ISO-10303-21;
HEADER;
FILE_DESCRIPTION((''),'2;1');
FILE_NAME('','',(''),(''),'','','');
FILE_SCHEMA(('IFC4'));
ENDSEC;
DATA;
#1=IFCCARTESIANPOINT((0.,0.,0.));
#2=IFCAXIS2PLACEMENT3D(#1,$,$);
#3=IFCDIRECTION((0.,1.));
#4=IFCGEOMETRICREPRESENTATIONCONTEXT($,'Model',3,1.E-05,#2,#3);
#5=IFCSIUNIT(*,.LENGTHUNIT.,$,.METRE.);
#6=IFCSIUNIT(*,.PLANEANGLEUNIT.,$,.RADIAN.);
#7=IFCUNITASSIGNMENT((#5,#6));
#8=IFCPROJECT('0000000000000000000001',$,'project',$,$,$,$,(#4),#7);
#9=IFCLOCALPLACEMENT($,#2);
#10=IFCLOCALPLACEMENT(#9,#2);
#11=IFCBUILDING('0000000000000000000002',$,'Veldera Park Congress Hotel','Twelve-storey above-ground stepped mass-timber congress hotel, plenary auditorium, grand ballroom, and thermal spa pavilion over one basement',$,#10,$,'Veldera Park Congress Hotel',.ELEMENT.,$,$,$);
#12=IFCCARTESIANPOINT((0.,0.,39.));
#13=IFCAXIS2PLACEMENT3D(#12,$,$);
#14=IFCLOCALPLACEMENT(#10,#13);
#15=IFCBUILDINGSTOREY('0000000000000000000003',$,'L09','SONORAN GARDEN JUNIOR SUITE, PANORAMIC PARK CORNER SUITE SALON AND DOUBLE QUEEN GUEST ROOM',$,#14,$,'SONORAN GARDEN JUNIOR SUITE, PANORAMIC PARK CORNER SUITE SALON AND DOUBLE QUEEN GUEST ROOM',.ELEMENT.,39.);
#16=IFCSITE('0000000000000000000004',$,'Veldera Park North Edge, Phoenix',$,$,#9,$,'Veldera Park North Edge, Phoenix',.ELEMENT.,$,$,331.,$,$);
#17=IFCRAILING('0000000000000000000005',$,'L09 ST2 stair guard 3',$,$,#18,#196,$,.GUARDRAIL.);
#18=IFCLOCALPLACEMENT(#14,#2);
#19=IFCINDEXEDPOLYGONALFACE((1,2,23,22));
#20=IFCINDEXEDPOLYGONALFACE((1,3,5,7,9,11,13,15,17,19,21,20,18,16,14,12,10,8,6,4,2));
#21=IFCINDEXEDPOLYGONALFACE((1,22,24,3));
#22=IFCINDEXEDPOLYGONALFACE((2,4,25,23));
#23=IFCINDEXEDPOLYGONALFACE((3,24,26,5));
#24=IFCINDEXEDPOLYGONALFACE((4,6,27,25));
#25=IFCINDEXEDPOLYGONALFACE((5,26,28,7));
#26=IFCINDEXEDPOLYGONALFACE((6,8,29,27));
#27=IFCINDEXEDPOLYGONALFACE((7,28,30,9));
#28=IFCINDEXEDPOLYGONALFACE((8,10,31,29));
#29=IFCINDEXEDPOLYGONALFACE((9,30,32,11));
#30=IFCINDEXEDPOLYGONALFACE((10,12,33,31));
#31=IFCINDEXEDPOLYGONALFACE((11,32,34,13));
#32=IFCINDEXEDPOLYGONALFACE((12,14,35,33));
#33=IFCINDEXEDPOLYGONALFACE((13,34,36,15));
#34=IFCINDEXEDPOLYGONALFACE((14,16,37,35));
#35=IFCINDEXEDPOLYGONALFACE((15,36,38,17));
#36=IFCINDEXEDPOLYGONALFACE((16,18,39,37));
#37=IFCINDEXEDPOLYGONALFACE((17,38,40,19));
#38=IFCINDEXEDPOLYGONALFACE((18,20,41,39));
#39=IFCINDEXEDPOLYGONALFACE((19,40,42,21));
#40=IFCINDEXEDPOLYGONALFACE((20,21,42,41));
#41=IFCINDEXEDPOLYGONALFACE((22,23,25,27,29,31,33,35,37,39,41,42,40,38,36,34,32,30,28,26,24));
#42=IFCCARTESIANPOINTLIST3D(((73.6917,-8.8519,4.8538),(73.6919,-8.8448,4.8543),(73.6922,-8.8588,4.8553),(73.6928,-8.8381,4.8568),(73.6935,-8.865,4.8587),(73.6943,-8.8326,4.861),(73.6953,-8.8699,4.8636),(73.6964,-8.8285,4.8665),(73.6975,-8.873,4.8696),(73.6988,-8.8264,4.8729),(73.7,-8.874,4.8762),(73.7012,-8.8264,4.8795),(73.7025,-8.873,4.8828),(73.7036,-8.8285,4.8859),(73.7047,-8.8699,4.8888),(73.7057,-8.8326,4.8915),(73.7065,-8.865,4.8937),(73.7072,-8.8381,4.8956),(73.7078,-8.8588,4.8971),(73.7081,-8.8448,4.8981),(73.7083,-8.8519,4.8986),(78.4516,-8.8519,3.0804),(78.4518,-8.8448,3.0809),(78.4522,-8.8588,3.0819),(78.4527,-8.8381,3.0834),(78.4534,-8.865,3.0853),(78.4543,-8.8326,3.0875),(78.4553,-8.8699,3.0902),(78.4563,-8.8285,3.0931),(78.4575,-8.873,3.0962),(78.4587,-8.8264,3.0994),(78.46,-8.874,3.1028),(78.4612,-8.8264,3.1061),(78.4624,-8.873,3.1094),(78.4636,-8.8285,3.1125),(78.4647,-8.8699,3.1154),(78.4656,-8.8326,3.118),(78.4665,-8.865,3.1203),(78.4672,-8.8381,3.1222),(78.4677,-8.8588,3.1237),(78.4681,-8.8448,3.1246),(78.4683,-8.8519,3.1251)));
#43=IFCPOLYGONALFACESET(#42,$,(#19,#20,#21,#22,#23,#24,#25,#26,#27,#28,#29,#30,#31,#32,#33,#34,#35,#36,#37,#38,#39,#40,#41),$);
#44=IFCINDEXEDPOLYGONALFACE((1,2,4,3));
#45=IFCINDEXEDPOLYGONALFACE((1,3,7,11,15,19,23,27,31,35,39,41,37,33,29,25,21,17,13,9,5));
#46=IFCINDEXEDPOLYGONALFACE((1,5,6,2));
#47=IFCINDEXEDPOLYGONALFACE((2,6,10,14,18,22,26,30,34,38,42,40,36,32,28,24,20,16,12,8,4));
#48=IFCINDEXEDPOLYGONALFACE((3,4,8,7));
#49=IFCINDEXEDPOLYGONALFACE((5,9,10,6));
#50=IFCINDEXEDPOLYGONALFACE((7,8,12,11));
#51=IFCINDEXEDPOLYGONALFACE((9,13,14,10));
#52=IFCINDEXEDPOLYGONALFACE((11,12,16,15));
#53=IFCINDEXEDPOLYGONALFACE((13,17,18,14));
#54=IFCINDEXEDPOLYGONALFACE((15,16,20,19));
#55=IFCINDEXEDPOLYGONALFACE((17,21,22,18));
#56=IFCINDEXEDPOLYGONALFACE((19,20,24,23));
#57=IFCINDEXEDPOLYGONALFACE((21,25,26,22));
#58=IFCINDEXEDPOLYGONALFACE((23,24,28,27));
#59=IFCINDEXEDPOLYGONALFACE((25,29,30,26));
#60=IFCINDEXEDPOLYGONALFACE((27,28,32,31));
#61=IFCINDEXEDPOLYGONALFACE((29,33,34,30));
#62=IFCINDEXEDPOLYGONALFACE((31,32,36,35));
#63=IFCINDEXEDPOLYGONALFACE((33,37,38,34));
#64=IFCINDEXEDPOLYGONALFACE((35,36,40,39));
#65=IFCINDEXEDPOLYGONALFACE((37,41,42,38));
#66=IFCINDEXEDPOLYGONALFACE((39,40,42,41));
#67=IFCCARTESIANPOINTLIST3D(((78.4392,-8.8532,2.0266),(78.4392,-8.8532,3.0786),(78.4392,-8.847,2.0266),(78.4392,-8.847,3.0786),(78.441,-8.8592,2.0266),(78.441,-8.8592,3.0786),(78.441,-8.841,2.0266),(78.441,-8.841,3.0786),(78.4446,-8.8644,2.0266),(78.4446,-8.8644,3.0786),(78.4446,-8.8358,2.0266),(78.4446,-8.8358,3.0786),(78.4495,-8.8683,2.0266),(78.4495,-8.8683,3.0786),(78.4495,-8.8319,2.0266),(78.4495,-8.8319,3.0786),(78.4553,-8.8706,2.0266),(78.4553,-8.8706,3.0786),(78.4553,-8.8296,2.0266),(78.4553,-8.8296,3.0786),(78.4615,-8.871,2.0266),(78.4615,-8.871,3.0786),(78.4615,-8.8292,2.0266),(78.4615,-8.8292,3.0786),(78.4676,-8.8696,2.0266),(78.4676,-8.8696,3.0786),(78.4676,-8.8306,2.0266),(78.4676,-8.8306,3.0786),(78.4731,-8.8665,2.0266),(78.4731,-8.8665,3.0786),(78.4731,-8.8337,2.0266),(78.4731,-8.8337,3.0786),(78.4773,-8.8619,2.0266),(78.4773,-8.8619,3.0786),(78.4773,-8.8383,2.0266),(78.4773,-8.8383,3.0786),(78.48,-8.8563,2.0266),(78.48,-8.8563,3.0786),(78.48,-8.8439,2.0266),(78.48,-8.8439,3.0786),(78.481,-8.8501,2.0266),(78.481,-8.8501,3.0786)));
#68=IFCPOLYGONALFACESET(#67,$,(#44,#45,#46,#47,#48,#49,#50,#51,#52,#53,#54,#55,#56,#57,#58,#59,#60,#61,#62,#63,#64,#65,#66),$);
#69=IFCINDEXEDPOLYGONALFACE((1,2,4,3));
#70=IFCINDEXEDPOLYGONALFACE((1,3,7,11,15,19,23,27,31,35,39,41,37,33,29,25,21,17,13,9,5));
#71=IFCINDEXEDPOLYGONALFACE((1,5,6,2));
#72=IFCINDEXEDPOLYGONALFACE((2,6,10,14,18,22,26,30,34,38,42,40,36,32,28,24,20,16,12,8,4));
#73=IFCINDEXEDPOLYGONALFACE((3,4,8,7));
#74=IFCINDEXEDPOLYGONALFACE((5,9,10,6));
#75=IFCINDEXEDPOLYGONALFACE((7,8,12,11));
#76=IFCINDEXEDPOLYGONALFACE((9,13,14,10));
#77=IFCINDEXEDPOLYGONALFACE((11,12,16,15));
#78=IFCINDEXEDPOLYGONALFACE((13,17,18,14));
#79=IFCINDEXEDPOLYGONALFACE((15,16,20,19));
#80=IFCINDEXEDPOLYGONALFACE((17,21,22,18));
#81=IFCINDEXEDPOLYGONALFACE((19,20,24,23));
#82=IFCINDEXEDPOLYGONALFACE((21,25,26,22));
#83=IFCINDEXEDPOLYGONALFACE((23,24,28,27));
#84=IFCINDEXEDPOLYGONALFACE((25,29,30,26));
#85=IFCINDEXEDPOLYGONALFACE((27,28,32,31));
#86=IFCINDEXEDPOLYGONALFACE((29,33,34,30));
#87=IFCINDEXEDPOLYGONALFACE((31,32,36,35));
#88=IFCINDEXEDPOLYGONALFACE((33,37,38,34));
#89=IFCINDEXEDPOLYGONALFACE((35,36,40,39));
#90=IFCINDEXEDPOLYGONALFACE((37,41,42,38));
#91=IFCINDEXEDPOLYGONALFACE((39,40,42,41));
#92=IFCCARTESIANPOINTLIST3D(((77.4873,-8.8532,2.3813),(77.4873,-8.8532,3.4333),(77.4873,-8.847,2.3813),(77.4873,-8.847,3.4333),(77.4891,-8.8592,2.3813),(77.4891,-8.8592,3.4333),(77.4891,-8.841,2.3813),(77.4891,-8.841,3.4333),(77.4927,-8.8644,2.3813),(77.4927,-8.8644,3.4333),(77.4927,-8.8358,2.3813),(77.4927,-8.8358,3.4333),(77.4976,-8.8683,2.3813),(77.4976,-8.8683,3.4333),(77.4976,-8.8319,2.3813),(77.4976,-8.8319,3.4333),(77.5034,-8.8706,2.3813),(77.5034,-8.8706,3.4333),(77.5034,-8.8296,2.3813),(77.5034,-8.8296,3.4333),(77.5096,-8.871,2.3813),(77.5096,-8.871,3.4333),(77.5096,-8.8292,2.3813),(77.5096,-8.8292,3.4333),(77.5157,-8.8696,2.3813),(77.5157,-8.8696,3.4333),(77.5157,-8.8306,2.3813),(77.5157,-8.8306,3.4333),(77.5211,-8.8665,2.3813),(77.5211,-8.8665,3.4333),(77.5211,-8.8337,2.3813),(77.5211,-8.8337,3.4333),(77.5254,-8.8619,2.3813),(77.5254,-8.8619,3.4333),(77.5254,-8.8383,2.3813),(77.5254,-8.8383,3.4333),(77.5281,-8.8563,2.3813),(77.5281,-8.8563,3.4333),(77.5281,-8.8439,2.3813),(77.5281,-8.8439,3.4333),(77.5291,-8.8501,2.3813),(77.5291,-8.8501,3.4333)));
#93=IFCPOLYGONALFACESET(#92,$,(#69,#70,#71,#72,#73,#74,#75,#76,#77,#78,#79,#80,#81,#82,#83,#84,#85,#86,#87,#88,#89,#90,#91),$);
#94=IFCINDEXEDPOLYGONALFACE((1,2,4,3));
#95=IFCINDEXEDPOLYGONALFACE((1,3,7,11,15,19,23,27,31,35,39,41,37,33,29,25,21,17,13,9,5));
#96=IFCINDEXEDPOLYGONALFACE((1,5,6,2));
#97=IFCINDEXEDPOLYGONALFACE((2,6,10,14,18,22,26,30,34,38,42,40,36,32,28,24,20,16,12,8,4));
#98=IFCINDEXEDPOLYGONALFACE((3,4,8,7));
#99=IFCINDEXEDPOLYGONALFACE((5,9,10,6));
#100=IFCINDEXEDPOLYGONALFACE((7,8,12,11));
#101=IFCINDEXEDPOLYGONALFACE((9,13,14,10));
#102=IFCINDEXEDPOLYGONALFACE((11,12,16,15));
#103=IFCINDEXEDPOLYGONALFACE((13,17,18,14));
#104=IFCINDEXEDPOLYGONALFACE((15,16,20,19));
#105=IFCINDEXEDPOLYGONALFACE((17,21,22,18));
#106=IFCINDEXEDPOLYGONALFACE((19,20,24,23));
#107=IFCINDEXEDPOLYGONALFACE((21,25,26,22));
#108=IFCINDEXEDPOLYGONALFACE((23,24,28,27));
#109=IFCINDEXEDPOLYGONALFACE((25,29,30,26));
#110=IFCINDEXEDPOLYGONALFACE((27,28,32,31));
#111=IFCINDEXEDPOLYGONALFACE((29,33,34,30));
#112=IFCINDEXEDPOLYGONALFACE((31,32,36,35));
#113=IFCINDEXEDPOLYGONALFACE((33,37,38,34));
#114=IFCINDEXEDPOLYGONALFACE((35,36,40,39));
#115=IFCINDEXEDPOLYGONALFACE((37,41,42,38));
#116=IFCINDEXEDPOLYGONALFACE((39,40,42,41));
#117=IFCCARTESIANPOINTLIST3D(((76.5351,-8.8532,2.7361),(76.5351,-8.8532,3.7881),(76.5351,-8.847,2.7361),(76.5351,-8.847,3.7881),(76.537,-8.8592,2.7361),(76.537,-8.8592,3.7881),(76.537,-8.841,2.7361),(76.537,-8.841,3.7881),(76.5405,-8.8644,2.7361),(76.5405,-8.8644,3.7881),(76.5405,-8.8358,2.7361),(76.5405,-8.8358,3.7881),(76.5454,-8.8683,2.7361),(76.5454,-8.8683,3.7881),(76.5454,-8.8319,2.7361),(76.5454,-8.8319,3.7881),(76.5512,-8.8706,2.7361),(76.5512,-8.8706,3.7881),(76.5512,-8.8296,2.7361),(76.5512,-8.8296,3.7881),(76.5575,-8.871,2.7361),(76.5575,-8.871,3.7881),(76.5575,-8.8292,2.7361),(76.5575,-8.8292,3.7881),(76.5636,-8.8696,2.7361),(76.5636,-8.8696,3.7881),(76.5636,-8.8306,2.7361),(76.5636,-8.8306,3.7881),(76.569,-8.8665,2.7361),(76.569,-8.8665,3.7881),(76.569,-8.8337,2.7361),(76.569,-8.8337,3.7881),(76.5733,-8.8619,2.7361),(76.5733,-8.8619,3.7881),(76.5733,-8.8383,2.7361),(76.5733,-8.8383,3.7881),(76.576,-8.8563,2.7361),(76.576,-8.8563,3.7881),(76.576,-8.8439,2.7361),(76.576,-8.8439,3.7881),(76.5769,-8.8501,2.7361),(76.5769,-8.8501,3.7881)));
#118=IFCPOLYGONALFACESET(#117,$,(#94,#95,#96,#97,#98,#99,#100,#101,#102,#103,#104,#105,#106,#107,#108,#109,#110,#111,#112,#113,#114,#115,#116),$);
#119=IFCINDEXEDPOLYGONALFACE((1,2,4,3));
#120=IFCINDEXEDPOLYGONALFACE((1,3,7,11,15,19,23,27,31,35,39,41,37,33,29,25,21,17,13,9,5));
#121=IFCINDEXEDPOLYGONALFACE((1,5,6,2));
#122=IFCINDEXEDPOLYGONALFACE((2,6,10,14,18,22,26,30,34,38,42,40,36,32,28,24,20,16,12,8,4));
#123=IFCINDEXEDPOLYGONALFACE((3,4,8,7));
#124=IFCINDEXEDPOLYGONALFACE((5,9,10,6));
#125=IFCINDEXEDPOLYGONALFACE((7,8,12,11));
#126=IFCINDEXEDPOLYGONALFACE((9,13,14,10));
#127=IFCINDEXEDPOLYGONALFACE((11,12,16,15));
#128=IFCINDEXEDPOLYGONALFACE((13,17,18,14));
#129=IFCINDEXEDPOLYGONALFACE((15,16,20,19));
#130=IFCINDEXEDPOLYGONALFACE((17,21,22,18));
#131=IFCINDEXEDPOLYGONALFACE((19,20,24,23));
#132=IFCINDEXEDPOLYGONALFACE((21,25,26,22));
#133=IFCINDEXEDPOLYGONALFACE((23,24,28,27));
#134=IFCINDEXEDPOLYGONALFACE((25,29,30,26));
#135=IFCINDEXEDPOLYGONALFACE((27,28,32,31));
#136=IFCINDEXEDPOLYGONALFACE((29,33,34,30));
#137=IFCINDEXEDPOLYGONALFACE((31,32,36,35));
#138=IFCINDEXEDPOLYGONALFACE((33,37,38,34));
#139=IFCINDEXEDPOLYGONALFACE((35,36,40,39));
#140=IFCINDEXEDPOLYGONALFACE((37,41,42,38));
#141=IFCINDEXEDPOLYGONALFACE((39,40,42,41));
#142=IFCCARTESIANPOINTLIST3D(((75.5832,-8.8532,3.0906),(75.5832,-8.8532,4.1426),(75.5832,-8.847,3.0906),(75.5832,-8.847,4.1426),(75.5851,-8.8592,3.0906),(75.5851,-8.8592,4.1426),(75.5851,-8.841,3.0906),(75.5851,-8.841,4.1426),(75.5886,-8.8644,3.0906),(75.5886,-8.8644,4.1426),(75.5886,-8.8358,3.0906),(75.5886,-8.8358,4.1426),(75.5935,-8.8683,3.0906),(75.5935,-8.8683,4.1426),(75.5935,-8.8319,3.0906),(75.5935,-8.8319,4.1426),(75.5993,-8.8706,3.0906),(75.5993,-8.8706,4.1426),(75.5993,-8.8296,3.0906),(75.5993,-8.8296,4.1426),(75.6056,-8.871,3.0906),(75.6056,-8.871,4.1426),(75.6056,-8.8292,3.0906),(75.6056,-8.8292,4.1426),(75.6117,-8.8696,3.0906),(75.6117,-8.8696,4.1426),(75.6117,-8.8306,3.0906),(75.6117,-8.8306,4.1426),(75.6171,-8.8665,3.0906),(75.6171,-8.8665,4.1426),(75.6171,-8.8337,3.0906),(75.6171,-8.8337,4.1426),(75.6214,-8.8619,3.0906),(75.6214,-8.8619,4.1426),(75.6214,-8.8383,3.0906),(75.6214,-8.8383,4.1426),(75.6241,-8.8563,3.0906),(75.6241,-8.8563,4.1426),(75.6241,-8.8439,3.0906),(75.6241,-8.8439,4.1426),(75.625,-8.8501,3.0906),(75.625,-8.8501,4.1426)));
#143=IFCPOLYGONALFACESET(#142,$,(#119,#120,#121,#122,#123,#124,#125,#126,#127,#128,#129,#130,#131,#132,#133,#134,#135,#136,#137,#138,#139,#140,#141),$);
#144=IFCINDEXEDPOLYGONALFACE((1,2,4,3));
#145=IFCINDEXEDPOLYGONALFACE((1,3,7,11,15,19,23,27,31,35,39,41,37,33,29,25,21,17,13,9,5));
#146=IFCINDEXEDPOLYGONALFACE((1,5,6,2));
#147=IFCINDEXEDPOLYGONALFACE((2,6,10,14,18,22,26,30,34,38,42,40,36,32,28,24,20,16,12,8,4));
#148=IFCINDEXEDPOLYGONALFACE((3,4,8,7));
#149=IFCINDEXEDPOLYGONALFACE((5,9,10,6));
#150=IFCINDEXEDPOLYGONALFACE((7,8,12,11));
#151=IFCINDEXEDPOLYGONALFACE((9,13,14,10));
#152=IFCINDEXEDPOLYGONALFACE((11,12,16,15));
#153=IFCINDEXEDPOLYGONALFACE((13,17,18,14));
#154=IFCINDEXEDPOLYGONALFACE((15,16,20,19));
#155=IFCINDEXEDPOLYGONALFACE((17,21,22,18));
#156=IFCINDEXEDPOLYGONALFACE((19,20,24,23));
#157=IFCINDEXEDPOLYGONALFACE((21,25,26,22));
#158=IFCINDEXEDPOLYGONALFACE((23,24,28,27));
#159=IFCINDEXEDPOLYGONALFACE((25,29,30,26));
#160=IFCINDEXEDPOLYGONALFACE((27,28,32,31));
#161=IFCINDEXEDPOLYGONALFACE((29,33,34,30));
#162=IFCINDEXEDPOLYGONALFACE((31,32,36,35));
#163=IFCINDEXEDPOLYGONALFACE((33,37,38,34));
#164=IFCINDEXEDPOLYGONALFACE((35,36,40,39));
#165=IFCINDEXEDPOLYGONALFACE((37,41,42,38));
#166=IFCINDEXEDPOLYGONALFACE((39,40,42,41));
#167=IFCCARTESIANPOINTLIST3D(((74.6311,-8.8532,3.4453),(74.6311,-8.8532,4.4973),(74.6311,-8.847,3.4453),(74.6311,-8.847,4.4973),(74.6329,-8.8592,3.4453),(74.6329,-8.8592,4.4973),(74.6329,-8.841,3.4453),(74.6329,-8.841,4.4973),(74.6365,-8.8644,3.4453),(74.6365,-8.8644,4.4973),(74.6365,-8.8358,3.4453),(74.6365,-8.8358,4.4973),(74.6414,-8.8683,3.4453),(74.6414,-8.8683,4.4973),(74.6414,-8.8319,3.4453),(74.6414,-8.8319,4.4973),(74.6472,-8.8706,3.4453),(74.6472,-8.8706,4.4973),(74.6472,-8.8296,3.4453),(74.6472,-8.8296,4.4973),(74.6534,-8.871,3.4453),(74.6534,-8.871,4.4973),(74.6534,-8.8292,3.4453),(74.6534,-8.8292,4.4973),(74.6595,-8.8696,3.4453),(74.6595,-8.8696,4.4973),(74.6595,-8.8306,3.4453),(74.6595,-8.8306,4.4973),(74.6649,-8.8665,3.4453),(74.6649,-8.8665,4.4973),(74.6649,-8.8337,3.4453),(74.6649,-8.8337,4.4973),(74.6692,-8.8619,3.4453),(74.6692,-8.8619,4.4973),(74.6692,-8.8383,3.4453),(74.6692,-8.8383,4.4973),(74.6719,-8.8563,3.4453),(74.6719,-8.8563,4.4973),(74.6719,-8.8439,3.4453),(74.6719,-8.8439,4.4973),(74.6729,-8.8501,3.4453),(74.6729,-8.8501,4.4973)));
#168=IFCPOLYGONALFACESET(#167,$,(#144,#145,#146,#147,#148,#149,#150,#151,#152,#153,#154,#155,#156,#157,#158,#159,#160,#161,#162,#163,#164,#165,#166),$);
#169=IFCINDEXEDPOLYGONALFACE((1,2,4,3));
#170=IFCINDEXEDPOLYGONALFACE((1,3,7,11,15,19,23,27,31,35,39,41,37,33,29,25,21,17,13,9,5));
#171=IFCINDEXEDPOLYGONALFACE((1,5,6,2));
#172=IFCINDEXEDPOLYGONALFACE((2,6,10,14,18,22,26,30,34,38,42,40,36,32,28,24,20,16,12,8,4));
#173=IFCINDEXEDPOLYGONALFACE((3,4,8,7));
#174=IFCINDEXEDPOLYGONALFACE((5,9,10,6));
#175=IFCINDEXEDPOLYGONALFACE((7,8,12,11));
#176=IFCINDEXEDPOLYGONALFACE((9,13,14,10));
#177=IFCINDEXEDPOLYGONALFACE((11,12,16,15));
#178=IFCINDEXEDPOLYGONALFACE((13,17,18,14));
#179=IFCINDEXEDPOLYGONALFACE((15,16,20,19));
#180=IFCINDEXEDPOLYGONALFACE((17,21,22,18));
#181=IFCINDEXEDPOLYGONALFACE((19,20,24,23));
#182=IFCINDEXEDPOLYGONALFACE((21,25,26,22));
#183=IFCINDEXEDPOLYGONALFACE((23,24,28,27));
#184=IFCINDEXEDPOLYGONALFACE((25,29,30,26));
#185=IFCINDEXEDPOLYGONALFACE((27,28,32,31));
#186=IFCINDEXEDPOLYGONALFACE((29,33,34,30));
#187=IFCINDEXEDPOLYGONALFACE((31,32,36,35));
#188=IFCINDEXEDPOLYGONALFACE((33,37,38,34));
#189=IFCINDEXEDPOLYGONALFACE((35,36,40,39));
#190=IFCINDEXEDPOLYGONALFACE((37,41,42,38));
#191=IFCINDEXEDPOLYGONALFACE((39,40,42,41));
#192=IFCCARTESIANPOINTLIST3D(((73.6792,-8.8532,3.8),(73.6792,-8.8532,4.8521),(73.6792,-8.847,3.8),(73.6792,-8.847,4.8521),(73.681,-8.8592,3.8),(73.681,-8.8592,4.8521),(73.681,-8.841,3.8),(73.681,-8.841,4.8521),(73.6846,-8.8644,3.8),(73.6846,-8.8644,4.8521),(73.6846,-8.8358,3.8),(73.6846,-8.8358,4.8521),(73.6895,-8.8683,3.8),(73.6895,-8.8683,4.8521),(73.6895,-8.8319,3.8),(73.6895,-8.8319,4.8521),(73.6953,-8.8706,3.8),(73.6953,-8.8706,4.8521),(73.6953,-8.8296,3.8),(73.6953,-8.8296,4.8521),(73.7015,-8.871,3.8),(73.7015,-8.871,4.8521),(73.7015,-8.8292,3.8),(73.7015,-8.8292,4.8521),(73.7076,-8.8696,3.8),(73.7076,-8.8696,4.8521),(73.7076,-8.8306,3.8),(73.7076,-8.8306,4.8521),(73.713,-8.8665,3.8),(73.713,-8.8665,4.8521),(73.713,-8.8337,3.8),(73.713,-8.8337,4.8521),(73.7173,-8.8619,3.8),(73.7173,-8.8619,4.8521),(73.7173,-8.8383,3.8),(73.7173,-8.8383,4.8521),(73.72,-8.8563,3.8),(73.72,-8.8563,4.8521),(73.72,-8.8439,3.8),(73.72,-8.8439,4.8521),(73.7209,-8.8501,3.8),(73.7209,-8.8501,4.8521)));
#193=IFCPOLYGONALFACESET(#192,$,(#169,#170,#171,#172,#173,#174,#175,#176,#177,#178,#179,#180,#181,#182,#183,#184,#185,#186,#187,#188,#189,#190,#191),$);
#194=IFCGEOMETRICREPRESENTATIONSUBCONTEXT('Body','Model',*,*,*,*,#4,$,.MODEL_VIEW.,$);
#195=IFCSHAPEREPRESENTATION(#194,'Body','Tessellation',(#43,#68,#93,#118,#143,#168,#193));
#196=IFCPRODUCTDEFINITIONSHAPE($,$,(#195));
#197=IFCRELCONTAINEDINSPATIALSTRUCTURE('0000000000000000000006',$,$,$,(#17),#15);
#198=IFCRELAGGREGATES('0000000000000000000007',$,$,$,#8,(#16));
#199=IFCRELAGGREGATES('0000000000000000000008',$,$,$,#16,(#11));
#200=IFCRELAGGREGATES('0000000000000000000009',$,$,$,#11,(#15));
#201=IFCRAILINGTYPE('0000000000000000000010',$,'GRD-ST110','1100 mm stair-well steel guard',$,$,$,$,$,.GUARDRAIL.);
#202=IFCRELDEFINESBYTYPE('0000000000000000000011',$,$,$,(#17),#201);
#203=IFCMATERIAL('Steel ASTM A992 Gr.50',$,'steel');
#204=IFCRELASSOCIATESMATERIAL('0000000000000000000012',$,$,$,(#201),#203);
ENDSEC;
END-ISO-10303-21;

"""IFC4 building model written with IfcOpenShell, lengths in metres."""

from ifc_helpers import new_model, si_unit, direction, frame, origin, origin_2d, place, context, subcontext, project, spatial, circle, extrude, material, type_object, element, save


model = new_model("IFC4")

# Units and contexts
model_context = context("Model", 3, precision=1e-05, world=origin(), true_north=direction((0.0, 1.0)))
body_context = subcontext(model_context, "Body", "Model", "MODEL_VIEW")
ifc_project = project(units=[si_unit("LENGTHUNIT", "METRE"), si_unit("PLANEANGLEUNIT", "RADIAN")], contexts=[model_context])

# Site, building, storey
site_placement = place(None, origin())
site = spatial("IfcSite", under=ifc_project, at=site_placement, Name="Veldera Park North Edge, Phoenix", LongName="Veldera Park North Edge, Phoenix", CompositionType="ELEMENT", RefElevation=331.0)
building_placement = place(site_placement, origin())
building = spatial("IfcBuilding", under=site, at=building_placement, Name="Veldera Park Congress Hotel", Description="Twelve-storey above-ground stepped mass-timber congress hotel, plenary auditorium, grand ballroom, and thermal spa pavilion over one basement", LongName="Veldera Park Congress Hotel", CompositionType="ELEMENT")
storey_placement = place(building_placement, frame((0.0, 0.0, 39.0)))
storey = spatial("IfcBuildingStorey", under=building, at=storey_placement, Name="L09", Description="SONORAN GARDEN JUNIOR SUITE, PANORAMIC PARK CORNER SUITE SALON AND DOUBLE QUEEN GUEST ROOM", LongName="SONORAN GARDEN JUNIOR SUITE, PANORAMIC PARK CORNER SUITE SALON AND DOUBLE QUEEN GUEST ROOM", CompositionType="ELEMENT", Elevation=39.0)

# Railing
ifc_material_1 = material(Name="Steel ASTM A992 Gr.50", Category="steel")
railing_type_1 = type_object("IfcRailingType", Name="GRD-ST110", Description="1100 mm stair-well steel guard", PredefinedType="GUARDRAIL", material=ifc_material_1)
railing_1_placement = place(storey_placement, frame((78.46, -8.8501, 2.0266)))
element("IfcRailing", 1, at=railing_1_placement, inside=storey, type_object=railing_type_1, Name="L09 ST2 stair guard 3", PredefinedType="GUARDRAIL", context=body_context, shape_type="SweptSolid", body=[
    extrude(circle(Radius=0.0239, at=origin_2d()), frame((0.0, 0.0, 1.0762), z_axis=(-0.937076, 0.0, 0.349126), x_axis=(0.0, -1.0, 0.0)), (0.0, 0.0, 1.0), 5.0796),
    extrude(circle(Radius=0.021, at=origin_2d()), origin(), (0.0, 0.0, 1.0), 1.052),
    extrude(circle(Radius=0.021, at=origin_2d()), frame((-0.9519, 0.0, 0.3547)), (0.0, 0.0, 1.0), 1.052),
    extrude(circle(Radius=0.021, at=origin_2d()), frame((-1.9041, 0.0, 0.7095)), (0.0, 0.0, 1.0), 1.052),
    extrude(circle(Radius=0.021, at=origin_2d()), frame((-2.856, 0.0, 1.064)), (0.0, 0.0, 1.0), 1.052),
    extrude(circle(Radius=0.021, at=origin_2d()), frame((-3.8081, 0.0, 1.4187)), (0.0, 0.0, 1.0), 1.052),
    extrude(circle(Radius=0.021, at=origin_2d()), frame((-4.76, 0.0, 1.7734)), (0.0, 0.0, 1.0), 1.052),
])

save(model, "model.ifc")
